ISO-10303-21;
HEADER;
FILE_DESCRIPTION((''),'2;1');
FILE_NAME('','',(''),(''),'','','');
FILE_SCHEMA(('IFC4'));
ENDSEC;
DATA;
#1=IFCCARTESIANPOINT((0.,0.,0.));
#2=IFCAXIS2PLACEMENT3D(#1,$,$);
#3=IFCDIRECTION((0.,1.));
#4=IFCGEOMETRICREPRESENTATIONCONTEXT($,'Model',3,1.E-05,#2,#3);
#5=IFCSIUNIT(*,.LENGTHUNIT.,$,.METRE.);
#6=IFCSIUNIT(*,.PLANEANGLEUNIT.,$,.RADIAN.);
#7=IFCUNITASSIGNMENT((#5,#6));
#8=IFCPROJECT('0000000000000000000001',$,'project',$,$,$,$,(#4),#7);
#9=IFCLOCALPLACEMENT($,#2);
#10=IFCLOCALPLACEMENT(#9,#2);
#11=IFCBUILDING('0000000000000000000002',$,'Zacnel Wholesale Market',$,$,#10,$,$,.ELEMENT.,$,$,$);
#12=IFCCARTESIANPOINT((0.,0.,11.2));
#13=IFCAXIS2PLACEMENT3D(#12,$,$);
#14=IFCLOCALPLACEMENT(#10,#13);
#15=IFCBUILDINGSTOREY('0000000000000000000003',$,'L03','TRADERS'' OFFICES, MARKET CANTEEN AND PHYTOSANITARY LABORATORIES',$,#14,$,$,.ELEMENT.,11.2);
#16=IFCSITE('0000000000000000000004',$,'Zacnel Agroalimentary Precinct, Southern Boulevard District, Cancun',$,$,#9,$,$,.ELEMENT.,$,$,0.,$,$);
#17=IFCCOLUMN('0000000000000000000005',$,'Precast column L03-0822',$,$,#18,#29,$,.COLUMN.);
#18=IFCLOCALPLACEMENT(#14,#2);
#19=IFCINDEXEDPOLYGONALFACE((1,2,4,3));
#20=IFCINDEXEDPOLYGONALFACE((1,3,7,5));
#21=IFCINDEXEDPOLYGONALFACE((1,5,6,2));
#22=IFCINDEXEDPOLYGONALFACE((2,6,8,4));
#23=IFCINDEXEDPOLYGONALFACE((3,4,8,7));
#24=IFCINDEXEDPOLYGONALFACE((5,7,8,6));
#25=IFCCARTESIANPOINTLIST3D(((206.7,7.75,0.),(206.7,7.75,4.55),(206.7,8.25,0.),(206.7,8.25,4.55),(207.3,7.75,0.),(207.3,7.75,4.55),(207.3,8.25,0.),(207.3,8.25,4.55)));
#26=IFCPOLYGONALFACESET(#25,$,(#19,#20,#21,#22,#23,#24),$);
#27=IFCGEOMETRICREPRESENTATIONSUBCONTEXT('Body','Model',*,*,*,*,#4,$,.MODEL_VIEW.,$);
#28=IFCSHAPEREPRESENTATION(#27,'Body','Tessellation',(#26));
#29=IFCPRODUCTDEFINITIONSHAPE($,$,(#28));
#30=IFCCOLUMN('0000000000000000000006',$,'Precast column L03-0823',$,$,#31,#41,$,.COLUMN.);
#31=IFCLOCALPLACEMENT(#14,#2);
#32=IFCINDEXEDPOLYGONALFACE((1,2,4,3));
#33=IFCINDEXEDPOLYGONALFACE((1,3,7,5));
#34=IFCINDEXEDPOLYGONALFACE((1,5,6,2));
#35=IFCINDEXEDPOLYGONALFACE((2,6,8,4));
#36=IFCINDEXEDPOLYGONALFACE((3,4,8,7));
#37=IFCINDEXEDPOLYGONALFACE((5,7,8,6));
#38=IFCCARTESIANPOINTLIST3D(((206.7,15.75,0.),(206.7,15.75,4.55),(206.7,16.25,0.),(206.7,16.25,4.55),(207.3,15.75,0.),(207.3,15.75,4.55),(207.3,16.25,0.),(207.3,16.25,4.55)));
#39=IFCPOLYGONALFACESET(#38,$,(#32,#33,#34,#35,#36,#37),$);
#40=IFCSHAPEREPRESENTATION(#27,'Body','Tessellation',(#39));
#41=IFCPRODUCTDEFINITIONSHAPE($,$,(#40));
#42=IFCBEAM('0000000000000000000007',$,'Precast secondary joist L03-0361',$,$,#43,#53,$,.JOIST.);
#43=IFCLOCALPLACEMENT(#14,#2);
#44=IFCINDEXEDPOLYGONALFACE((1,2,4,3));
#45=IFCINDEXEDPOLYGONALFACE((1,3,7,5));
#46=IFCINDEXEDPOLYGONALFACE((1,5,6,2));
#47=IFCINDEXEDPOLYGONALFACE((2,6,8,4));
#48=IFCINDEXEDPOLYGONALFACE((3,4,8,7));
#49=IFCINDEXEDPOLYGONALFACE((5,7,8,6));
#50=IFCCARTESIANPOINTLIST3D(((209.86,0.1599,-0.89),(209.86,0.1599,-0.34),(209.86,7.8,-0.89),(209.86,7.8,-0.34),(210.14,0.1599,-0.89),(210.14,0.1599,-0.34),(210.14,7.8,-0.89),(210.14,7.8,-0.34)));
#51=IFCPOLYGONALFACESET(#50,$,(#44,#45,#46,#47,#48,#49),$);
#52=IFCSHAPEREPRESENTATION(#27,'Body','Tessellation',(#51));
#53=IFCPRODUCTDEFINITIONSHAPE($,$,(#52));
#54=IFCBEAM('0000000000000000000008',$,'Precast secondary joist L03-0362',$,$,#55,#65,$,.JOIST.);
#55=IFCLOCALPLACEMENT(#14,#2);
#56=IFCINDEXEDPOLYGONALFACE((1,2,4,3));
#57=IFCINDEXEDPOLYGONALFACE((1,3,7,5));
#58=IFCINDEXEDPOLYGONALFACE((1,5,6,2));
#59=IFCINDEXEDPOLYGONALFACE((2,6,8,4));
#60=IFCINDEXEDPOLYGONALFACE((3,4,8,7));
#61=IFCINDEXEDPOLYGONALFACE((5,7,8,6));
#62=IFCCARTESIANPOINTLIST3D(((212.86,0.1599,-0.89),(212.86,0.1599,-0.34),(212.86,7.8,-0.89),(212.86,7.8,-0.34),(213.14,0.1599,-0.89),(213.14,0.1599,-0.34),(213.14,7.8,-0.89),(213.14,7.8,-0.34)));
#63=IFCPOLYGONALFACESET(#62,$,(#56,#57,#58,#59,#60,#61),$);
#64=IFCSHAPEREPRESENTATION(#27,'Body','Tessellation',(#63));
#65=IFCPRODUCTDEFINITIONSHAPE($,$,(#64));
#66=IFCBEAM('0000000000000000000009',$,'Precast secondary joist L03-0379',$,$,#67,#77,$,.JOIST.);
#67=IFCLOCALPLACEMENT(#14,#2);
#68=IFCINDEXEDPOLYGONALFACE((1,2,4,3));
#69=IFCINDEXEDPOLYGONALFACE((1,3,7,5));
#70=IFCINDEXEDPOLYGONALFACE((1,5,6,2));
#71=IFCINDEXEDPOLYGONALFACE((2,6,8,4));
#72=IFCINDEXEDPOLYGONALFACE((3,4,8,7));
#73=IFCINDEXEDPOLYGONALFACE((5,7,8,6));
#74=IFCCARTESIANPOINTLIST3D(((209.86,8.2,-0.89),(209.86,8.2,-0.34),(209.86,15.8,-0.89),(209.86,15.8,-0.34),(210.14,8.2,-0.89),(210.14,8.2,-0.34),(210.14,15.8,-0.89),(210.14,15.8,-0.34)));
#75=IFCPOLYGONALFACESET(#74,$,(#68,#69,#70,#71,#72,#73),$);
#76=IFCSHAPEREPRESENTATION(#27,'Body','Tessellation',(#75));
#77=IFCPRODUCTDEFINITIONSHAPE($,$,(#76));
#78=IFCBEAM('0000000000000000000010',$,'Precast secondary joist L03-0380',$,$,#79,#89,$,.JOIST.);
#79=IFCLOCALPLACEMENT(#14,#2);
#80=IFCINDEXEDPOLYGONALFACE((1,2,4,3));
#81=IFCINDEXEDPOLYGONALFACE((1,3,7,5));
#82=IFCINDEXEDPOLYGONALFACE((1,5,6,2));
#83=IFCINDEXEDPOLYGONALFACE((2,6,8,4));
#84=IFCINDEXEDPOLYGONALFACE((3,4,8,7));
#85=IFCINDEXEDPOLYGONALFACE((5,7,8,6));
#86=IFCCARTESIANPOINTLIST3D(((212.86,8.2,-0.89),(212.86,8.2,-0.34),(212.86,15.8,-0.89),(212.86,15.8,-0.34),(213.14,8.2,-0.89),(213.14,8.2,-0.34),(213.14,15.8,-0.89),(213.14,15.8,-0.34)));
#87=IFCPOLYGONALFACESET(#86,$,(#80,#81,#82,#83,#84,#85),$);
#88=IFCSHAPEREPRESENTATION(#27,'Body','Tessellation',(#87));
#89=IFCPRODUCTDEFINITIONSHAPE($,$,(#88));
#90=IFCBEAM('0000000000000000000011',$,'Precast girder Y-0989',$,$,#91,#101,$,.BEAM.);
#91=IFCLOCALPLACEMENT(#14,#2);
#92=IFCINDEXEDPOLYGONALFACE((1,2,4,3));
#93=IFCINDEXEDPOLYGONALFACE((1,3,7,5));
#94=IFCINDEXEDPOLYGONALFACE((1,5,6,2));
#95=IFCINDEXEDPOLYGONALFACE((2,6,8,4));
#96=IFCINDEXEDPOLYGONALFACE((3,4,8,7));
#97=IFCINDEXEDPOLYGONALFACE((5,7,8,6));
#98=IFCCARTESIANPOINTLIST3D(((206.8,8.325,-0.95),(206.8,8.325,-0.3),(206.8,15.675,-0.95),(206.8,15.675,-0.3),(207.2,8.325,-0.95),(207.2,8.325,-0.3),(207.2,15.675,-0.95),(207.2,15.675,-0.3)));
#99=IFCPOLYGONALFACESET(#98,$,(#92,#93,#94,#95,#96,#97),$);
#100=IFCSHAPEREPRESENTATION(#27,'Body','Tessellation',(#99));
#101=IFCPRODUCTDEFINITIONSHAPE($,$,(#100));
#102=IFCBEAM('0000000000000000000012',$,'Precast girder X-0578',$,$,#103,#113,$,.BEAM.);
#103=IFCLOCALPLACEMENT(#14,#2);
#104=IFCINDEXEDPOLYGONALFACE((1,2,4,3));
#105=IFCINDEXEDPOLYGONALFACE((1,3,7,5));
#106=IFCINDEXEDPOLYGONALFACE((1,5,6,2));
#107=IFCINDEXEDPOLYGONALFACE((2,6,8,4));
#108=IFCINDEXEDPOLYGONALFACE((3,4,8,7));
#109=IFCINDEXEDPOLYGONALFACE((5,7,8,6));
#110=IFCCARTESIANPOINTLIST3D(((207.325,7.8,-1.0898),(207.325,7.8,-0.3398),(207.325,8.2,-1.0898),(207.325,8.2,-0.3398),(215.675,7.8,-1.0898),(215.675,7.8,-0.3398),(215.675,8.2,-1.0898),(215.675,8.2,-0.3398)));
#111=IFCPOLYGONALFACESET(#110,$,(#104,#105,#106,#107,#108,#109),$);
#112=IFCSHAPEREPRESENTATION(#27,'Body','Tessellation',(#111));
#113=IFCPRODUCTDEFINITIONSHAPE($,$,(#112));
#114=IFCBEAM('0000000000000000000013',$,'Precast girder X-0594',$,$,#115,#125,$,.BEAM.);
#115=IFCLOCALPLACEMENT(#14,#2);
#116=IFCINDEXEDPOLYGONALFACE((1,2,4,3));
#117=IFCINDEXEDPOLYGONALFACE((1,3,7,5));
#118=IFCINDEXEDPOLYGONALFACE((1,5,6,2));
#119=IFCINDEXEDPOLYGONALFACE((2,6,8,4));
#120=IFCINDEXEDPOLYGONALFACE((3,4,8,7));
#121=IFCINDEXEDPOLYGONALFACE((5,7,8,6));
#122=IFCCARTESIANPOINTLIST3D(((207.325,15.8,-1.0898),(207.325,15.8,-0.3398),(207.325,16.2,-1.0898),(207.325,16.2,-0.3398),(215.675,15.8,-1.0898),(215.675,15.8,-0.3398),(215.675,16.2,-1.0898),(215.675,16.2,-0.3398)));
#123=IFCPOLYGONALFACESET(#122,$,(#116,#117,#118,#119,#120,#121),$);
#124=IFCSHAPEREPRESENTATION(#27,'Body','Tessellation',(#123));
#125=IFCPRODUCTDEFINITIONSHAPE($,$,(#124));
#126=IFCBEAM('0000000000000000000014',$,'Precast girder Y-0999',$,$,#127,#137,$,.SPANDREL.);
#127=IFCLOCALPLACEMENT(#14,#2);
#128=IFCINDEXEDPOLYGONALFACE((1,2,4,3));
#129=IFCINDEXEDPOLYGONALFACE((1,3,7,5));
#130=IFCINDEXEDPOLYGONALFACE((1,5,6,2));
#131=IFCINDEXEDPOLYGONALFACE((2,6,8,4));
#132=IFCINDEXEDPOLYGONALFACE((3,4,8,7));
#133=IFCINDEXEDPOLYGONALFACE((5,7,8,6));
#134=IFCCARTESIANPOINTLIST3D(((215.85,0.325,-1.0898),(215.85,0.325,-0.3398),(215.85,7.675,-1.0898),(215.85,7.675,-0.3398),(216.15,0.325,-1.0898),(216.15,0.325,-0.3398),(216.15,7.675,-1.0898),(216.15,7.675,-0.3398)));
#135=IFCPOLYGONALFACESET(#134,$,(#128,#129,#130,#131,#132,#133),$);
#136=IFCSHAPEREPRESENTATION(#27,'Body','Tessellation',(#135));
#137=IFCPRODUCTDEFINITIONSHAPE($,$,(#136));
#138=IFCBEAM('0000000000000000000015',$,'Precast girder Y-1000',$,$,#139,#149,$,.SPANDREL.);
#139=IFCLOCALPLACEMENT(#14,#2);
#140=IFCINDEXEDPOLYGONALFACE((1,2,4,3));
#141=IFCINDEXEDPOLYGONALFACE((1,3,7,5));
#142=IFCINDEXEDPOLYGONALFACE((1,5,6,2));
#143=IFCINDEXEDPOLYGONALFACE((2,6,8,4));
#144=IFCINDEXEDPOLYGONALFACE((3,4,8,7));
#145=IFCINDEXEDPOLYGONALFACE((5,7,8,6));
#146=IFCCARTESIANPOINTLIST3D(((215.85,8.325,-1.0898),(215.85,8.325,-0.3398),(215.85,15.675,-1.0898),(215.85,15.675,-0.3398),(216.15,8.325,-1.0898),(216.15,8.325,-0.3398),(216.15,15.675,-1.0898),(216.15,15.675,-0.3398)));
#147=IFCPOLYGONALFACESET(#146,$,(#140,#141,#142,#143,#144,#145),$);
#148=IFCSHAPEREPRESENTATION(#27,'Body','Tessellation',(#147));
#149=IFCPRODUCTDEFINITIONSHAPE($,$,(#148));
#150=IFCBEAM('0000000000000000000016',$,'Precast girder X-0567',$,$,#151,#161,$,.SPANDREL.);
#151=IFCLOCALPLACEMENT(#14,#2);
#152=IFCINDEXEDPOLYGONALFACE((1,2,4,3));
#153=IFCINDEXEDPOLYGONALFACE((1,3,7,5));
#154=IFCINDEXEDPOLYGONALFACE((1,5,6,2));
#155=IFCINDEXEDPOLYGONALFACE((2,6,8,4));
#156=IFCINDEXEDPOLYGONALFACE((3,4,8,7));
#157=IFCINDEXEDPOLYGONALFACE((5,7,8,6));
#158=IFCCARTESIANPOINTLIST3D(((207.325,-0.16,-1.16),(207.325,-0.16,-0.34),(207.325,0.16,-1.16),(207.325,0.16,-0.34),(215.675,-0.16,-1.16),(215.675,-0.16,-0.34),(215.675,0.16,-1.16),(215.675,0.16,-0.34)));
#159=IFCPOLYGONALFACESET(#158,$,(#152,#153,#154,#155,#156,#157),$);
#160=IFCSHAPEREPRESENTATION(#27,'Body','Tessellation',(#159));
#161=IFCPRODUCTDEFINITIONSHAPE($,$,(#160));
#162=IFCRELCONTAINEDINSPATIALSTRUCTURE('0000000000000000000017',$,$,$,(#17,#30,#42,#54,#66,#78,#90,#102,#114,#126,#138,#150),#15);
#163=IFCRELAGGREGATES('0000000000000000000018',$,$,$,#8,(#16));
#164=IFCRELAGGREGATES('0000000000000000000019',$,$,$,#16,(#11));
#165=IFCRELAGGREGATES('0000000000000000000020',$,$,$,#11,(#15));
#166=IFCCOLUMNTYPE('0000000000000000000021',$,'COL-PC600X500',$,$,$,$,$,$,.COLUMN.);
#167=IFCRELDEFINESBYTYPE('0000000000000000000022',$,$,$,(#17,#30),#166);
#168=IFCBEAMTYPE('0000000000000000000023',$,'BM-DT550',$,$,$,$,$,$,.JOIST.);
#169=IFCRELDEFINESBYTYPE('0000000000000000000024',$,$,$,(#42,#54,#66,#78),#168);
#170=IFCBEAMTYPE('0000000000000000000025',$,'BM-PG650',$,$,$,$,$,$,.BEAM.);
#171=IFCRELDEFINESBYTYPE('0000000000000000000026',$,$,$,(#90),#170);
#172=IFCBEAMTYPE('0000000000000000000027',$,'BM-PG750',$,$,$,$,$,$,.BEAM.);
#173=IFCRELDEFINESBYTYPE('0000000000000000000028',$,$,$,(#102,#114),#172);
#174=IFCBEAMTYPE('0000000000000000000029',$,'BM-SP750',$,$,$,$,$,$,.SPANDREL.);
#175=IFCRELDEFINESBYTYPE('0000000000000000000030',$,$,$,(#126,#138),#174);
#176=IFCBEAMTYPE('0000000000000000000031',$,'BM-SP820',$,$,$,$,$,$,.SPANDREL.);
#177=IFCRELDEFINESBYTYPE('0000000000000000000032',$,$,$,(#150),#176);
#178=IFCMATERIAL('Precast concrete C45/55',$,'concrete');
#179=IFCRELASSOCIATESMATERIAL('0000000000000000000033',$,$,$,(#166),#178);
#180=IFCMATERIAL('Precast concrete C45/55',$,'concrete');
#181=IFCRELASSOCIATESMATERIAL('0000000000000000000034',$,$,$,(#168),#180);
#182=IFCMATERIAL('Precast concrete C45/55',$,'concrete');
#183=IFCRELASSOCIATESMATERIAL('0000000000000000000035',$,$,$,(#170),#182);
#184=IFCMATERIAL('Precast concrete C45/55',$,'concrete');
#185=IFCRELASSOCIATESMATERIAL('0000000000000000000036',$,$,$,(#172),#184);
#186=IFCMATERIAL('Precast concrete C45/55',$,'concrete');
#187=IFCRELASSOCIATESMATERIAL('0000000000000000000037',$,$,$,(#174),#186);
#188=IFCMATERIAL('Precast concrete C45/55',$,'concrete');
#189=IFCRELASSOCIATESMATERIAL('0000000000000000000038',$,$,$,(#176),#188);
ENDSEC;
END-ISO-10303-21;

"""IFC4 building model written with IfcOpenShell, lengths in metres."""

from ifc_helpers import new_model, si_unit, direction, frame, origin, origin_2d, place, context, subcontext, project, spatial, rectangle, extrude, material, material_profile, profile_set, type_object, element, save


model = new_model("IFC4")

# Units and contexts
model_context = context("Model", 3, precision=1e-05, world=origin(), true_north=direction((0.0, 1.0)))
body_context = subcontext(model_context, "Body", "Model", "MODEL_VIEW")
ifc_project = project(units=[si_unit("LENGTHUNIT", "METRE"), si_unit("PLANEANGLEUNIT", "RADIAN")], contexts=[model_context])

# Site, building, storey
site_placement = place(None, origin())
site = spatial("IfcSite", under=ifc_project, at=site_placement, Name="Zacnel Agroalimentary Precinct, Southern Boulevard District, Cancun", CompositionType="ELEMENT", RefElevation=0.0)
building_placement = place(site_placement, origin())
building = spatial("IfcBuilding", under=site, at=building_placement, Name="Zacnel Wholesale Market", CompositionType="ELEMENT")
storey_placement = place(building_placement, frame((0.0, 0.0, 11.2)))
storey = spatial("IfcBuildingStorey", under=building, at=storey_placement, Name="L03", Description="TRADERS' OFFICES, MARKET CANTEEN AND PHYTOSANITARY LABORATORIES", CompositionType="ELEMENT", Elevation=11.2)

# Columns
ifc_material_1 = material(Name="Precast concrete C45/55", Category="concrete")
ifc_material_profile_1 = material_profile(ifc_material_1, rectangle(XDim=0.6001, YDim=0.5, at=origin_2d()), Name="PC 600x500")
ifc_profile_set_1 = profile_set([ifc_material_profile_1], Name="Precast concrete C45/55")
column_type = type_object("IfcColumnType", Name="COL-PC600X500", PredefinedType="COLUMN", material=ifc_profile_set_1)
for number, where, z_axis, x_axis, name in (
    (1, (207.0, 8.0, 0.0), (0.0, 0.0, 1.0), (1.0, 0.0, 0.0), "Precast column L03-0822"),
    (2, (207.0, 16.0, 0.0), (0.0, 0.0, 1.0), (1.0, 0.0, 0.0), "Precast column L03-0823"),
):
    element("IfcColumn", number, at=place(storey_placement, frame(where, z_axis=z_axis, x_axis=x_axis)), inside=storey, type_object=column_type, Name=name, PredefinedType="COLUMN", context=body_context, shape_type="SweptSolid", body=[
        extrude(rectangle(XDim=0.6001, YDim=0.5, at=origin_2d()), origin(), (0.0, 0.0, 1.0), 4.55),
    ])

# Beams
ifc_material_2 = material(Name="Precast concrete C45/55", Category="concrete")
ifc_material_profile_2 = material_profile(ifc_material_2, rectangle(XDim=0.28, YDim=0.55, at=origin_2d()), Name="DT RIB 280x550")
ifc_profile_set_2 = profile_set([ifc_material_profile_2], Name="Precast concrete C45/55")
beam_type_1 = type_object("IfcBeamType", Name="BM-DT550", PredefinedType="JOIST", material=ifc_profile_set_2)
for number, where, z_axis, x_axis, name in (
    (3, (210.0, 0.1599, -0.615), (0.0, 1.0, 0.0), (-1.0, 0.0, 0.0), "Precast secondary joist L03-0361"),
    (4, (213.0, 0.1599, -0.615), (0.0, 1.0, 0.0), (-1.0, 0.0, 0.0), "Precast secondary joist L03-0362"),
):
    element("IfcBeam", number, at=place(storey_placement, frame(where, z_axis=z_axis, x_axis=x_axis)), inside=storey, type_object=beam_type_1, Name=name, PredefinedType="JOIST", context=body_context, shape_type="SweptSolid", body=[
        extrude(rectangle(XDim=0.28, YDim=0.55, at=origin_2d()), origin(), (0.0, 0.0, 1.0), 7.6401),
    ])
for number, where, z_axis, x_axis, name in (
    (5, (210.0, 8.2, -0.615), (0.0, 1.0, 0.0), (-1.0, 0.0, 0.0), "Precast secondary joist L03-0379"),
    (6, (213.0, 8.2, -0.615), (0.0, 1.0, 0.0), (-1.0, 0.0, 0.0), "Precast secondary joist L03-0380"),
):
    element("IfcBeam", number, at=place(storey_placement, frame(where, z_axis=z_axis, x_axis=x_axis)), inside=storey, type_object=beam_type_1, Name=name, PredefinedType="JOIST", context=body_context, shape_type="SweptSolid", body=[
        extrude(rectangle(XDim=0.28, YDim=0.55, at=origin_2d()), origin(), (0.0, 0.0, 1.0), 7.6001),
    ])
ifc_material_3 = material(Name="Precast concrete C45/55", Category="concrete")
ifc_material_profile_3 = material_profile(ifc_material_3, rectangle(XDim=0.3999, YDim=0.6499, at=origin_2d()), Name="PG 400x650")
ifc_profile_set_3 = profile_set([ifc_material_profile_3], Name="Precast concrete C45/55")
beam_type_2 = type_object("IfcBeamType", Name="BM-PG650", PredefinedType="BEAM", material=ifc_profile_set_3)
beam_1_placement = place(storey_placement, frame((207.0, 8.325, -0.625), z_axis=(0.0, 1.0, 0.0), x_axis=(-1.0, 0.0, 0.0)))
element("IfcBeam", 7, at=beam_1_placement, inside=storey, type_object=beam_type_2, Name="Precast girder Y-0989", PredefinedType="BEAM", context=body_context, shape_type="SweptSolid", body=[
    extrude(rectangle(XDim=0.3999, YDim=0.6499, at=origin_2d()), origin(), (0.0, 0.0, 1.0), 7.3501),
])
ifc_material_4 = material(Name="Precast concrete C45/55", Category="concrete")
ifc_material_profile_4 = material_profile(ifc_material_4, rectangle(XDim=0.3999, YDim=0.75, at=origin_2d()), Name="PG 400x750")
ifc_profile_set_4 = profile_set([ifc_material_profile_4], Name="Precast concrete C45/55")
beam_type_3 = type_object("IfcBeamType", Name="BM-PG750", PredefinedType="BEAM", material=ifc_profile_set_4)
for number, where, z_axis, x_axis, name in (
    (8, (207.325, 8.0, -0.7148), (1.0, 0.0, 0.0), (0.0, 1.0, 0.0), "Precast girder X-0578"),
    (9, (207.325, 16.0, -0.7148), (1.0, 0.0, 0.0), (0.0, 1.0, 0.0), "Precast girder X-0594"),
):
    element("IfcBeam", number, at=place(storey_placement, frame(where, z_axis=z_axis, x_axis=x_axis)), inside=storey, type_object=beam_type_3, Name=name, PredefinedType="BEAM", context=body_context, shape_type="SweptSolid", body=[
        extrude(rectangle(XDim=0.3999, YDim=0.75, at=origin_2d()), origin(), (0.0, 0.0, 1.0), 8.3501),
    ])
ifc_material_5 = material(Name="Precast concrete C45/55", Category="concrete")
ifc_material_profile_5 = material_profile(ifc_material_5, rectangle(XDim=0.3, YDim=0.75, at=origin_2d()), Name="SP 300x750")
ifc_profile_set_5 = profile_set([ifc_material_profile_5], Name="Precast concrete C45/55")
beam_type_4 = type_object("IfcBeamType", Name="BM-SP750", PredefinedType="SPANDREL", material=ifc_profile_set_5)
for number, where, z_axis, x_axis, name in (
    (10, (216.0, 0.325, -0.7148), (0.0, 1.0, 0.0), (-1.0, 0.0, 0.0), "Precast girder Y-0999"),
    (11, (216.0, 8.325, -0.7148), (0.0, 1.0, 0.0), (-1.0, 0.0, 0.0), "Precast girder Y-1000"),
):
    element("IfcBeam", number, at=place(storey_placement, frame(where, z_axis=z_axis, x_axis=x_axis)), inside=storey, type_object=beam_type_4, Name=name, PredefinedType="SPANDREL", context=body_context, shape_type="SweptSolid", body=[
        extrude(rectangle(XDim=0.3, YDim=0.75, at=origin_2d()), origin(), (0.0, 0.0, 1.0), 7.3501),
    ])
ifc_material_6 = material(Name="Precast concrete C45/55", Category="concrete")
ifc_material_profile_6 = material_profile(ifc_material_6, rectangle(XDim=0.3201, YDim=0.8201, at=origin_2d()), Name="SP 320x820")
ifc_profile_set_6 = profile_set([ifc_material_profile_6], Name="Precast concrete C45/55")
beam_type_5 = type_object("IfcBeamType", Name="BM-SP820", PredefinedType="SPANDREL", material=ifc_profile_set_6)
beam_2_placement = place(storey_placement, frame((207.325, 0.0, -0.75), z_axis=(1.0, 0.0, 0.0), x_axis=(0.0, 1.0, 0.0)))
element("IfcBeam", 12, at=beam_2_placement, inside=storey, type_object=beam_type_5, Name="Precast girder X-0567", PredefinedType="SPANDREL", context=body_context, shape_type="SweptSolid", body=[
    extrude(rectangle(XDim=0.3201, YDim=0.8201, at=origin_2d()), origin(), (0.0, 0.0, 1.0), 8.3501),
])

save(model, "model.ifc")
